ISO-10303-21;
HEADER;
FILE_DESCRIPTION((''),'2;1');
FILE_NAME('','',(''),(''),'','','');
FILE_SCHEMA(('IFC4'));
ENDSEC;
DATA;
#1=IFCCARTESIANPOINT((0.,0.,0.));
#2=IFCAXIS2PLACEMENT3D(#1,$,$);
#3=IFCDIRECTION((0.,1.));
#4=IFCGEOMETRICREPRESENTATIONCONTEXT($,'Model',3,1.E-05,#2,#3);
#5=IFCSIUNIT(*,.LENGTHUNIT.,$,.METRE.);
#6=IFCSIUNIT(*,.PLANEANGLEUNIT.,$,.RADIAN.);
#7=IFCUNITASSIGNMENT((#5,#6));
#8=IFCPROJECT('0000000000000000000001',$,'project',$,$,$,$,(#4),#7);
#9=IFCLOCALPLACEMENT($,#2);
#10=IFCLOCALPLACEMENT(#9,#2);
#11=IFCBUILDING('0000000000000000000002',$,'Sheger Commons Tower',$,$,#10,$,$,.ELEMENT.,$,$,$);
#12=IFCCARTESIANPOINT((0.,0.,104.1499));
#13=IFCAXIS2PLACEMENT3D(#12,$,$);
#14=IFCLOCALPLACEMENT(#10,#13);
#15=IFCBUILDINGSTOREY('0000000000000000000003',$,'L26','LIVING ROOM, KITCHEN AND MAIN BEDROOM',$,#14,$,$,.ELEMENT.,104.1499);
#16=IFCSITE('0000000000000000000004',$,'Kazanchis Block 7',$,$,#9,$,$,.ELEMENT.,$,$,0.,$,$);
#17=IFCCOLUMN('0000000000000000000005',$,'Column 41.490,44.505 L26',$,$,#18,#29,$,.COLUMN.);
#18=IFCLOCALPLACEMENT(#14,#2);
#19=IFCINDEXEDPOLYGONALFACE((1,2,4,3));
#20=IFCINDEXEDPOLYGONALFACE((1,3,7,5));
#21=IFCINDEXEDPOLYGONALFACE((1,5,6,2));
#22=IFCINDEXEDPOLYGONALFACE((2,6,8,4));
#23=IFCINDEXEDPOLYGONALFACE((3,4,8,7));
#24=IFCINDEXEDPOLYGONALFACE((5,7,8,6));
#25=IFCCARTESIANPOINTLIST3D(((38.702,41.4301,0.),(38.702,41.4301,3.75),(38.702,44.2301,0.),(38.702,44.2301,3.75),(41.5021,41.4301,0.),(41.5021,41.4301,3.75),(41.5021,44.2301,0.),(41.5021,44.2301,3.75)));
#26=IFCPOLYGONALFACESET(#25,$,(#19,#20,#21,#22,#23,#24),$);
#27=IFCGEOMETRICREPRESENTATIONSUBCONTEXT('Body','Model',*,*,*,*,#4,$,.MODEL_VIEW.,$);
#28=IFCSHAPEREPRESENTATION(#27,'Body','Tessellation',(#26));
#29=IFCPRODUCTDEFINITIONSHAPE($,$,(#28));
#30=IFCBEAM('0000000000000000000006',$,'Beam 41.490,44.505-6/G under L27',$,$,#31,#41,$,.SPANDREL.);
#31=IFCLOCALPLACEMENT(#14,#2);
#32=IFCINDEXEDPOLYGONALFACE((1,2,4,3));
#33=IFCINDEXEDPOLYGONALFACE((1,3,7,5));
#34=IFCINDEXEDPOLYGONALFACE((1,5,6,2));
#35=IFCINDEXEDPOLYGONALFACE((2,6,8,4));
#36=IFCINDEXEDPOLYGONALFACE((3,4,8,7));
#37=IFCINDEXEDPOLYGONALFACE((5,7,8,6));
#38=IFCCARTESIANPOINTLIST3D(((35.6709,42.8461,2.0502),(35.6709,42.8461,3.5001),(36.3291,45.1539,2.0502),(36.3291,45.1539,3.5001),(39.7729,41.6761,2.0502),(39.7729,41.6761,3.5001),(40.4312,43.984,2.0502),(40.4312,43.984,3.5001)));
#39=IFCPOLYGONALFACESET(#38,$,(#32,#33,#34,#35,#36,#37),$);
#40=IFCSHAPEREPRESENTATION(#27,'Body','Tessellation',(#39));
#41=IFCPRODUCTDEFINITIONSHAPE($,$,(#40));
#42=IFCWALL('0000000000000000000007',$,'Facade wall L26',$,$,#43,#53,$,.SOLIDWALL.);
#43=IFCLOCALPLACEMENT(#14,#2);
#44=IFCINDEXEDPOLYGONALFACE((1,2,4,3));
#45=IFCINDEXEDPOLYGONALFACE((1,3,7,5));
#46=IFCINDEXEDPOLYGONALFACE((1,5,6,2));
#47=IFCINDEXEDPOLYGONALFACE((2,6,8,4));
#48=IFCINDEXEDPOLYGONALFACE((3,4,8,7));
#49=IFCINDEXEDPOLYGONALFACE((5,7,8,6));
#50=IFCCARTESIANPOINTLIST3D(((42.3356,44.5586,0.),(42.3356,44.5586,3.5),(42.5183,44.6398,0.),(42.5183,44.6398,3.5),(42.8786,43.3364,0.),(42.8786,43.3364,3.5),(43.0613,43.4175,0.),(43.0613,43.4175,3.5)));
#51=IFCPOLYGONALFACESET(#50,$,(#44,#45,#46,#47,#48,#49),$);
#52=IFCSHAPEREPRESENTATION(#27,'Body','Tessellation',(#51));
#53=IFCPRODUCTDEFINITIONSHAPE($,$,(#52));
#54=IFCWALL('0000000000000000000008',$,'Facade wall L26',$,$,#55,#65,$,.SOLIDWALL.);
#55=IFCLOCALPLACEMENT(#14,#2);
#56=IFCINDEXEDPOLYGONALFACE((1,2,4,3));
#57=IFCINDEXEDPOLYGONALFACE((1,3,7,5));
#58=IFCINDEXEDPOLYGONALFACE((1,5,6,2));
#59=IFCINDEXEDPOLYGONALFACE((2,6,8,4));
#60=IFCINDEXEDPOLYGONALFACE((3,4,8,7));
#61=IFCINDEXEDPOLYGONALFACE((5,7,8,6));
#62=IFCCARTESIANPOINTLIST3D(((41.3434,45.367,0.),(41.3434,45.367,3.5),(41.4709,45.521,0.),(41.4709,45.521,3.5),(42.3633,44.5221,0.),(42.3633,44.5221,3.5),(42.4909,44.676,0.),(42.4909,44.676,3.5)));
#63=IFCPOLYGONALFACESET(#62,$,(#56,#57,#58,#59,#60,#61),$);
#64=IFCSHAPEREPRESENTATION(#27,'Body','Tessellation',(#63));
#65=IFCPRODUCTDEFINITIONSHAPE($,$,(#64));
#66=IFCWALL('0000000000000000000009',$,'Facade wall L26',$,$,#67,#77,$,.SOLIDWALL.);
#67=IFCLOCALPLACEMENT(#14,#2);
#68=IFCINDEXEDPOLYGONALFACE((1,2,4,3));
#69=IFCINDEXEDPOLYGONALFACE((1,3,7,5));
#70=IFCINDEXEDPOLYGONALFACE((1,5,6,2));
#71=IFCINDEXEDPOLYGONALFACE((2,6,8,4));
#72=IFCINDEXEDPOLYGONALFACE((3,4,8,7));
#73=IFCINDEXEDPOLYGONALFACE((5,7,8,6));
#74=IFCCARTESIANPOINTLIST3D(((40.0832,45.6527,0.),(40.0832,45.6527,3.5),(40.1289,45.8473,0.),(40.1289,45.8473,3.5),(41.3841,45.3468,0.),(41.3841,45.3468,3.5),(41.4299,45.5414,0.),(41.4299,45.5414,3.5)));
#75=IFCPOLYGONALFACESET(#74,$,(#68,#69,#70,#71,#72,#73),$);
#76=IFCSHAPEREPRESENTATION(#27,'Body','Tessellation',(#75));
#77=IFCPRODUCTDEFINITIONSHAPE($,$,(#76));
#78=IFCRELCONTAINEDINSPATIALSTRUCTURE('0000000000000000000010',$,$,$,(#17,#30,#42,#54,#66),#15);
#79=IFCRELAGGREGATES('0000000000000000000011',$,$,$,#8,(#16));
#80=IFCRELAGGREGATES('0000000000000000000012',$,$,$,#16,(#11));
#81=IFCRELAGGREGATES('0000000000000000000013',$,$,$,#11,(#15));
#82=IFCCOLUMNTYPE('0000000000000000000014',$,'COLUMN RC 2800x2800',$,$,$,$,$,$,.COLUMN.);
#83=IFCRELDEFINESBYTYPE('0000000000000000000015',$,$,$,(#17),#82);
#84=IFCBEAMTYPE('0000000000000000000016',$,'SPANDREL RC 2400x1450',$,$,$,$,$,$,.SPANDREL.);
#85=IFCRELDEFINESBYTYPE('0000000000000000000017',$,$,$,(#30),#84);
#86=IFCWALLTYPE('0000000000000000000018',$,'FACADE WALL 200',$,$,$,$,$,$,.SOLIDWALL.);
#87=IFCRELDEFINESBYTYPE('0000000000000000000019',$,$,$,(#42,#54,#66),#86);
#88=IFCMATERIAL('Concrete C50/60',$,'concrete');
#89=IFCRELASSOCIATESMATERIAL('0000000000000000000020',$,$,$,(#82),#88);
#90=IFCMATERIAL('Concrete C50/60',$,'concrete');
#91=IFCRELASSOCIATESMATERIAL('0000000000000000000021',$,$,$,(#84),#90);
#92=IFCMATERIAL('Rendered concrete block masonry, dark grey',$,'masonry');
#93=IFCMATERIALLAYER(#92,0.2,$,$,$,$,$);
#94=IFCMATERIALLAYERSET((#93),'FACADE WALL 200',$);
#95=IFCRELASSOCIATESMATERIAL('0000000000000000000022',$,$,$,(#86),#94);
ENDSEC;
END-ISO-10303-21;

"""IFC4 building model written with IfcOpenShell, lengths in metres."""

from ifc_helpers import new_model, si_unit, direction, frame, frame_2d, origin, origin_2d, place, context, subcontext, project, spatial, rectangle, extrude, material, layer, layer_set, material_profile, profile_set, type_object, element, save


model = new_model("IFC4")

# Units and contexts
model_context = context("Model", 3, precision=1e-05, world=origin(), true_north=direction((0.0, 1.0)))
body_context = subcontext(model_context, "Body", "Model", "MODEL_VIEW")
ifc_project = project(units=[si_unit("LENGTHUNIT", "METRE"), si_unit("PLANEANGLEUNIT", "RADIAN")], contexts=[model_context])

# Site, building, storey
site_placement = place(None, origin())
site = spatial("IfcSite", under=ifc_project, at=site_placement, Name="Kazanchis Block 7", CompositionType="ELEMENT", RefElevation=0.0)
building_placement = place(site_placement, origin())
building = spatial("IfcBuilding", under=site, at=building_placement, Name="Sheger Commons Tower", CompositionType="ELEMENT")
storey_placement = place(building_placement, frame((0.0, 0.0, 104.1499)))
storey = spatial("IfcBuildingStorey", under=building, at=storey_placement, Name="L26", Description="LIVING ROOM, KITCHEN AND MAIN BEDROOM", CompositionType="ELEMENT", Elevation=104.1499)

# Column
ifc_material_1 = material(Name="Concrete C50/60", Category="concrete")
ifc_material_profile_1 = material_profile(ifc_material_1, rectangle(XDim=2.8, YDim=2.8, at=origin_2d()), Name="RC 2800x2800")
ifc_profile_set_1 = profile_set([ifc_material_profile_1], Name="Concrete C50/60")
column_type = type_object("IfcColumnType", Name="COLUMN RC 2800x2800", PredefinedType="COLUMN", material=ifc_profile_set_1)
column_placement = place(storey_placement, frame((40.1021, 42.8301, 0.0), z_axis=(0.0, 0.0, 1.0), x_axis=(1.0, 0.0, 0.0)))
element("IfcColumn", 1, at=column_placement, inside=storey, type_object=column_type, Name="Column 41.490,44.505 L26", PredefinedType="COLUMN", context=body_context, shape_type="SweptSolid", body=[
    extrude(rectangle(XDim=2.8, YDim=2.8, at=origin_2d()), origin(), (0.0, 0.0, 1.0), 3.75),
])

# Beam
ifc_material_2 = material(Name="Concrete C50/60", Category="concrete")
ifc_material_profile_2 = material_profile(ifc_material_2, rectangle(XDim=2.3999, YDim=1.45, at=origin_2d()), Name="RC 2400x1450")
ifc_profile_set_2 = profile_set([ifc_material_profile_2], Name="Concrete C50/60")
beam_type = type_object("IfcBeamType", Name="SPANDREL RC 2400x1450", PredefinedType="SPANDREL", material=ifc_profile_set_2)
beam_placement = place(storey_placement, frame((40.1021, 42.8301, 2.7751), z_axis=(-0.961653, 0.274268, 0.0), x_axis=(-0.274268, -0.961653, 0.0)))
element("IfcBeam", 2, at=beam_placement, inside=storey, type_object=beam_type, Name="Beam 41.490,44.505-6/G under L27", PredefinedType="SPANDREL", context=body_context, shape_type="SweptSolid", body=[
    extrude(rectangle(XDim=2.3999, YDim=1.45, at=origin_2d()), origin(), (0.0, 0.0, 1.0), 4.2656),
])

# Walls
ifc_material_3 = material(Name="Rendered concrete block masonry, dark grey", Category="masonry")
ifc_layer_1 = layer(ifc_material_3, 0.2)
ifc_layer_set_1 = layer_set([ifc_layer_1], Name="FACADE WALL 200")
wall_type_1 = type_object("IfcWallType", Name="FACADE WALL 200", PredefinedType="SOLIDWALL", material=ifc_layer_set_1)
wall_1_placement = place(storey_placement, frame((42.97, 43.377, 0.0), z_axis=(0.0, 0.0, 1.0), x_axis=(-0.406003, 0.913872, 0.0)))
element("IfcWall", 3, at=wall_1_placement, inside=storey, type_object=wall_type_1, Name="Facade wall L26", PredefinedType="SOLIDWALL", context=body_context, shape_type="SweptSolid", body=[
    extrude(rectangle(XDim=1.3374, YDim=0.2, at=frame_2d((0.6687, 0.0))), origin(), (0.0, 0.0, 1.0), 3.5),
])
wall_2_placement = place(storey_placement, frame((42.427, 44.5991, 0.0), z_axis=(0.0, 0.0, 1.0), x_axis=(-0.770091, 0.637934, 0.0)))
element("IfcWall", 4, at=wall_2_placement, inside=storey, type_object=wall_type_1, Name="Facade wall L26", PredefinedType="SOLIDWALL", context=body_context, shape_type="SweptSolid", body=[
    extrude(rectangle(XDim=1.3245, YDim=0.2, at=frame_2d((0.6621, 0.0))), origin(), (0.0, 0.0, 1.0), 3.5),
])
wall_3_placement = place(storey_placement, frame((41.407, 45.4441, 0.0), z_axis=(0.0, 0.0, 1.0), x_axis=(-0.973453, 0.228887, 0.0)))
element("IfcWall", 5, at=wall_3_placement, inside=storey, type_object=wall_type_1, Name="Facade wall L26", PredefinedType="SOLIDWALL", context=body_context, shape_type="SweptSolid", body=[
    extrude(rectangle(XDim=1.3364, YDim=0.2, at=frame_2d((0.6682, 0.0))), origin(), (0.0, 0.0, 1.0), 3.5),
])

save(model, "model.ifc")
